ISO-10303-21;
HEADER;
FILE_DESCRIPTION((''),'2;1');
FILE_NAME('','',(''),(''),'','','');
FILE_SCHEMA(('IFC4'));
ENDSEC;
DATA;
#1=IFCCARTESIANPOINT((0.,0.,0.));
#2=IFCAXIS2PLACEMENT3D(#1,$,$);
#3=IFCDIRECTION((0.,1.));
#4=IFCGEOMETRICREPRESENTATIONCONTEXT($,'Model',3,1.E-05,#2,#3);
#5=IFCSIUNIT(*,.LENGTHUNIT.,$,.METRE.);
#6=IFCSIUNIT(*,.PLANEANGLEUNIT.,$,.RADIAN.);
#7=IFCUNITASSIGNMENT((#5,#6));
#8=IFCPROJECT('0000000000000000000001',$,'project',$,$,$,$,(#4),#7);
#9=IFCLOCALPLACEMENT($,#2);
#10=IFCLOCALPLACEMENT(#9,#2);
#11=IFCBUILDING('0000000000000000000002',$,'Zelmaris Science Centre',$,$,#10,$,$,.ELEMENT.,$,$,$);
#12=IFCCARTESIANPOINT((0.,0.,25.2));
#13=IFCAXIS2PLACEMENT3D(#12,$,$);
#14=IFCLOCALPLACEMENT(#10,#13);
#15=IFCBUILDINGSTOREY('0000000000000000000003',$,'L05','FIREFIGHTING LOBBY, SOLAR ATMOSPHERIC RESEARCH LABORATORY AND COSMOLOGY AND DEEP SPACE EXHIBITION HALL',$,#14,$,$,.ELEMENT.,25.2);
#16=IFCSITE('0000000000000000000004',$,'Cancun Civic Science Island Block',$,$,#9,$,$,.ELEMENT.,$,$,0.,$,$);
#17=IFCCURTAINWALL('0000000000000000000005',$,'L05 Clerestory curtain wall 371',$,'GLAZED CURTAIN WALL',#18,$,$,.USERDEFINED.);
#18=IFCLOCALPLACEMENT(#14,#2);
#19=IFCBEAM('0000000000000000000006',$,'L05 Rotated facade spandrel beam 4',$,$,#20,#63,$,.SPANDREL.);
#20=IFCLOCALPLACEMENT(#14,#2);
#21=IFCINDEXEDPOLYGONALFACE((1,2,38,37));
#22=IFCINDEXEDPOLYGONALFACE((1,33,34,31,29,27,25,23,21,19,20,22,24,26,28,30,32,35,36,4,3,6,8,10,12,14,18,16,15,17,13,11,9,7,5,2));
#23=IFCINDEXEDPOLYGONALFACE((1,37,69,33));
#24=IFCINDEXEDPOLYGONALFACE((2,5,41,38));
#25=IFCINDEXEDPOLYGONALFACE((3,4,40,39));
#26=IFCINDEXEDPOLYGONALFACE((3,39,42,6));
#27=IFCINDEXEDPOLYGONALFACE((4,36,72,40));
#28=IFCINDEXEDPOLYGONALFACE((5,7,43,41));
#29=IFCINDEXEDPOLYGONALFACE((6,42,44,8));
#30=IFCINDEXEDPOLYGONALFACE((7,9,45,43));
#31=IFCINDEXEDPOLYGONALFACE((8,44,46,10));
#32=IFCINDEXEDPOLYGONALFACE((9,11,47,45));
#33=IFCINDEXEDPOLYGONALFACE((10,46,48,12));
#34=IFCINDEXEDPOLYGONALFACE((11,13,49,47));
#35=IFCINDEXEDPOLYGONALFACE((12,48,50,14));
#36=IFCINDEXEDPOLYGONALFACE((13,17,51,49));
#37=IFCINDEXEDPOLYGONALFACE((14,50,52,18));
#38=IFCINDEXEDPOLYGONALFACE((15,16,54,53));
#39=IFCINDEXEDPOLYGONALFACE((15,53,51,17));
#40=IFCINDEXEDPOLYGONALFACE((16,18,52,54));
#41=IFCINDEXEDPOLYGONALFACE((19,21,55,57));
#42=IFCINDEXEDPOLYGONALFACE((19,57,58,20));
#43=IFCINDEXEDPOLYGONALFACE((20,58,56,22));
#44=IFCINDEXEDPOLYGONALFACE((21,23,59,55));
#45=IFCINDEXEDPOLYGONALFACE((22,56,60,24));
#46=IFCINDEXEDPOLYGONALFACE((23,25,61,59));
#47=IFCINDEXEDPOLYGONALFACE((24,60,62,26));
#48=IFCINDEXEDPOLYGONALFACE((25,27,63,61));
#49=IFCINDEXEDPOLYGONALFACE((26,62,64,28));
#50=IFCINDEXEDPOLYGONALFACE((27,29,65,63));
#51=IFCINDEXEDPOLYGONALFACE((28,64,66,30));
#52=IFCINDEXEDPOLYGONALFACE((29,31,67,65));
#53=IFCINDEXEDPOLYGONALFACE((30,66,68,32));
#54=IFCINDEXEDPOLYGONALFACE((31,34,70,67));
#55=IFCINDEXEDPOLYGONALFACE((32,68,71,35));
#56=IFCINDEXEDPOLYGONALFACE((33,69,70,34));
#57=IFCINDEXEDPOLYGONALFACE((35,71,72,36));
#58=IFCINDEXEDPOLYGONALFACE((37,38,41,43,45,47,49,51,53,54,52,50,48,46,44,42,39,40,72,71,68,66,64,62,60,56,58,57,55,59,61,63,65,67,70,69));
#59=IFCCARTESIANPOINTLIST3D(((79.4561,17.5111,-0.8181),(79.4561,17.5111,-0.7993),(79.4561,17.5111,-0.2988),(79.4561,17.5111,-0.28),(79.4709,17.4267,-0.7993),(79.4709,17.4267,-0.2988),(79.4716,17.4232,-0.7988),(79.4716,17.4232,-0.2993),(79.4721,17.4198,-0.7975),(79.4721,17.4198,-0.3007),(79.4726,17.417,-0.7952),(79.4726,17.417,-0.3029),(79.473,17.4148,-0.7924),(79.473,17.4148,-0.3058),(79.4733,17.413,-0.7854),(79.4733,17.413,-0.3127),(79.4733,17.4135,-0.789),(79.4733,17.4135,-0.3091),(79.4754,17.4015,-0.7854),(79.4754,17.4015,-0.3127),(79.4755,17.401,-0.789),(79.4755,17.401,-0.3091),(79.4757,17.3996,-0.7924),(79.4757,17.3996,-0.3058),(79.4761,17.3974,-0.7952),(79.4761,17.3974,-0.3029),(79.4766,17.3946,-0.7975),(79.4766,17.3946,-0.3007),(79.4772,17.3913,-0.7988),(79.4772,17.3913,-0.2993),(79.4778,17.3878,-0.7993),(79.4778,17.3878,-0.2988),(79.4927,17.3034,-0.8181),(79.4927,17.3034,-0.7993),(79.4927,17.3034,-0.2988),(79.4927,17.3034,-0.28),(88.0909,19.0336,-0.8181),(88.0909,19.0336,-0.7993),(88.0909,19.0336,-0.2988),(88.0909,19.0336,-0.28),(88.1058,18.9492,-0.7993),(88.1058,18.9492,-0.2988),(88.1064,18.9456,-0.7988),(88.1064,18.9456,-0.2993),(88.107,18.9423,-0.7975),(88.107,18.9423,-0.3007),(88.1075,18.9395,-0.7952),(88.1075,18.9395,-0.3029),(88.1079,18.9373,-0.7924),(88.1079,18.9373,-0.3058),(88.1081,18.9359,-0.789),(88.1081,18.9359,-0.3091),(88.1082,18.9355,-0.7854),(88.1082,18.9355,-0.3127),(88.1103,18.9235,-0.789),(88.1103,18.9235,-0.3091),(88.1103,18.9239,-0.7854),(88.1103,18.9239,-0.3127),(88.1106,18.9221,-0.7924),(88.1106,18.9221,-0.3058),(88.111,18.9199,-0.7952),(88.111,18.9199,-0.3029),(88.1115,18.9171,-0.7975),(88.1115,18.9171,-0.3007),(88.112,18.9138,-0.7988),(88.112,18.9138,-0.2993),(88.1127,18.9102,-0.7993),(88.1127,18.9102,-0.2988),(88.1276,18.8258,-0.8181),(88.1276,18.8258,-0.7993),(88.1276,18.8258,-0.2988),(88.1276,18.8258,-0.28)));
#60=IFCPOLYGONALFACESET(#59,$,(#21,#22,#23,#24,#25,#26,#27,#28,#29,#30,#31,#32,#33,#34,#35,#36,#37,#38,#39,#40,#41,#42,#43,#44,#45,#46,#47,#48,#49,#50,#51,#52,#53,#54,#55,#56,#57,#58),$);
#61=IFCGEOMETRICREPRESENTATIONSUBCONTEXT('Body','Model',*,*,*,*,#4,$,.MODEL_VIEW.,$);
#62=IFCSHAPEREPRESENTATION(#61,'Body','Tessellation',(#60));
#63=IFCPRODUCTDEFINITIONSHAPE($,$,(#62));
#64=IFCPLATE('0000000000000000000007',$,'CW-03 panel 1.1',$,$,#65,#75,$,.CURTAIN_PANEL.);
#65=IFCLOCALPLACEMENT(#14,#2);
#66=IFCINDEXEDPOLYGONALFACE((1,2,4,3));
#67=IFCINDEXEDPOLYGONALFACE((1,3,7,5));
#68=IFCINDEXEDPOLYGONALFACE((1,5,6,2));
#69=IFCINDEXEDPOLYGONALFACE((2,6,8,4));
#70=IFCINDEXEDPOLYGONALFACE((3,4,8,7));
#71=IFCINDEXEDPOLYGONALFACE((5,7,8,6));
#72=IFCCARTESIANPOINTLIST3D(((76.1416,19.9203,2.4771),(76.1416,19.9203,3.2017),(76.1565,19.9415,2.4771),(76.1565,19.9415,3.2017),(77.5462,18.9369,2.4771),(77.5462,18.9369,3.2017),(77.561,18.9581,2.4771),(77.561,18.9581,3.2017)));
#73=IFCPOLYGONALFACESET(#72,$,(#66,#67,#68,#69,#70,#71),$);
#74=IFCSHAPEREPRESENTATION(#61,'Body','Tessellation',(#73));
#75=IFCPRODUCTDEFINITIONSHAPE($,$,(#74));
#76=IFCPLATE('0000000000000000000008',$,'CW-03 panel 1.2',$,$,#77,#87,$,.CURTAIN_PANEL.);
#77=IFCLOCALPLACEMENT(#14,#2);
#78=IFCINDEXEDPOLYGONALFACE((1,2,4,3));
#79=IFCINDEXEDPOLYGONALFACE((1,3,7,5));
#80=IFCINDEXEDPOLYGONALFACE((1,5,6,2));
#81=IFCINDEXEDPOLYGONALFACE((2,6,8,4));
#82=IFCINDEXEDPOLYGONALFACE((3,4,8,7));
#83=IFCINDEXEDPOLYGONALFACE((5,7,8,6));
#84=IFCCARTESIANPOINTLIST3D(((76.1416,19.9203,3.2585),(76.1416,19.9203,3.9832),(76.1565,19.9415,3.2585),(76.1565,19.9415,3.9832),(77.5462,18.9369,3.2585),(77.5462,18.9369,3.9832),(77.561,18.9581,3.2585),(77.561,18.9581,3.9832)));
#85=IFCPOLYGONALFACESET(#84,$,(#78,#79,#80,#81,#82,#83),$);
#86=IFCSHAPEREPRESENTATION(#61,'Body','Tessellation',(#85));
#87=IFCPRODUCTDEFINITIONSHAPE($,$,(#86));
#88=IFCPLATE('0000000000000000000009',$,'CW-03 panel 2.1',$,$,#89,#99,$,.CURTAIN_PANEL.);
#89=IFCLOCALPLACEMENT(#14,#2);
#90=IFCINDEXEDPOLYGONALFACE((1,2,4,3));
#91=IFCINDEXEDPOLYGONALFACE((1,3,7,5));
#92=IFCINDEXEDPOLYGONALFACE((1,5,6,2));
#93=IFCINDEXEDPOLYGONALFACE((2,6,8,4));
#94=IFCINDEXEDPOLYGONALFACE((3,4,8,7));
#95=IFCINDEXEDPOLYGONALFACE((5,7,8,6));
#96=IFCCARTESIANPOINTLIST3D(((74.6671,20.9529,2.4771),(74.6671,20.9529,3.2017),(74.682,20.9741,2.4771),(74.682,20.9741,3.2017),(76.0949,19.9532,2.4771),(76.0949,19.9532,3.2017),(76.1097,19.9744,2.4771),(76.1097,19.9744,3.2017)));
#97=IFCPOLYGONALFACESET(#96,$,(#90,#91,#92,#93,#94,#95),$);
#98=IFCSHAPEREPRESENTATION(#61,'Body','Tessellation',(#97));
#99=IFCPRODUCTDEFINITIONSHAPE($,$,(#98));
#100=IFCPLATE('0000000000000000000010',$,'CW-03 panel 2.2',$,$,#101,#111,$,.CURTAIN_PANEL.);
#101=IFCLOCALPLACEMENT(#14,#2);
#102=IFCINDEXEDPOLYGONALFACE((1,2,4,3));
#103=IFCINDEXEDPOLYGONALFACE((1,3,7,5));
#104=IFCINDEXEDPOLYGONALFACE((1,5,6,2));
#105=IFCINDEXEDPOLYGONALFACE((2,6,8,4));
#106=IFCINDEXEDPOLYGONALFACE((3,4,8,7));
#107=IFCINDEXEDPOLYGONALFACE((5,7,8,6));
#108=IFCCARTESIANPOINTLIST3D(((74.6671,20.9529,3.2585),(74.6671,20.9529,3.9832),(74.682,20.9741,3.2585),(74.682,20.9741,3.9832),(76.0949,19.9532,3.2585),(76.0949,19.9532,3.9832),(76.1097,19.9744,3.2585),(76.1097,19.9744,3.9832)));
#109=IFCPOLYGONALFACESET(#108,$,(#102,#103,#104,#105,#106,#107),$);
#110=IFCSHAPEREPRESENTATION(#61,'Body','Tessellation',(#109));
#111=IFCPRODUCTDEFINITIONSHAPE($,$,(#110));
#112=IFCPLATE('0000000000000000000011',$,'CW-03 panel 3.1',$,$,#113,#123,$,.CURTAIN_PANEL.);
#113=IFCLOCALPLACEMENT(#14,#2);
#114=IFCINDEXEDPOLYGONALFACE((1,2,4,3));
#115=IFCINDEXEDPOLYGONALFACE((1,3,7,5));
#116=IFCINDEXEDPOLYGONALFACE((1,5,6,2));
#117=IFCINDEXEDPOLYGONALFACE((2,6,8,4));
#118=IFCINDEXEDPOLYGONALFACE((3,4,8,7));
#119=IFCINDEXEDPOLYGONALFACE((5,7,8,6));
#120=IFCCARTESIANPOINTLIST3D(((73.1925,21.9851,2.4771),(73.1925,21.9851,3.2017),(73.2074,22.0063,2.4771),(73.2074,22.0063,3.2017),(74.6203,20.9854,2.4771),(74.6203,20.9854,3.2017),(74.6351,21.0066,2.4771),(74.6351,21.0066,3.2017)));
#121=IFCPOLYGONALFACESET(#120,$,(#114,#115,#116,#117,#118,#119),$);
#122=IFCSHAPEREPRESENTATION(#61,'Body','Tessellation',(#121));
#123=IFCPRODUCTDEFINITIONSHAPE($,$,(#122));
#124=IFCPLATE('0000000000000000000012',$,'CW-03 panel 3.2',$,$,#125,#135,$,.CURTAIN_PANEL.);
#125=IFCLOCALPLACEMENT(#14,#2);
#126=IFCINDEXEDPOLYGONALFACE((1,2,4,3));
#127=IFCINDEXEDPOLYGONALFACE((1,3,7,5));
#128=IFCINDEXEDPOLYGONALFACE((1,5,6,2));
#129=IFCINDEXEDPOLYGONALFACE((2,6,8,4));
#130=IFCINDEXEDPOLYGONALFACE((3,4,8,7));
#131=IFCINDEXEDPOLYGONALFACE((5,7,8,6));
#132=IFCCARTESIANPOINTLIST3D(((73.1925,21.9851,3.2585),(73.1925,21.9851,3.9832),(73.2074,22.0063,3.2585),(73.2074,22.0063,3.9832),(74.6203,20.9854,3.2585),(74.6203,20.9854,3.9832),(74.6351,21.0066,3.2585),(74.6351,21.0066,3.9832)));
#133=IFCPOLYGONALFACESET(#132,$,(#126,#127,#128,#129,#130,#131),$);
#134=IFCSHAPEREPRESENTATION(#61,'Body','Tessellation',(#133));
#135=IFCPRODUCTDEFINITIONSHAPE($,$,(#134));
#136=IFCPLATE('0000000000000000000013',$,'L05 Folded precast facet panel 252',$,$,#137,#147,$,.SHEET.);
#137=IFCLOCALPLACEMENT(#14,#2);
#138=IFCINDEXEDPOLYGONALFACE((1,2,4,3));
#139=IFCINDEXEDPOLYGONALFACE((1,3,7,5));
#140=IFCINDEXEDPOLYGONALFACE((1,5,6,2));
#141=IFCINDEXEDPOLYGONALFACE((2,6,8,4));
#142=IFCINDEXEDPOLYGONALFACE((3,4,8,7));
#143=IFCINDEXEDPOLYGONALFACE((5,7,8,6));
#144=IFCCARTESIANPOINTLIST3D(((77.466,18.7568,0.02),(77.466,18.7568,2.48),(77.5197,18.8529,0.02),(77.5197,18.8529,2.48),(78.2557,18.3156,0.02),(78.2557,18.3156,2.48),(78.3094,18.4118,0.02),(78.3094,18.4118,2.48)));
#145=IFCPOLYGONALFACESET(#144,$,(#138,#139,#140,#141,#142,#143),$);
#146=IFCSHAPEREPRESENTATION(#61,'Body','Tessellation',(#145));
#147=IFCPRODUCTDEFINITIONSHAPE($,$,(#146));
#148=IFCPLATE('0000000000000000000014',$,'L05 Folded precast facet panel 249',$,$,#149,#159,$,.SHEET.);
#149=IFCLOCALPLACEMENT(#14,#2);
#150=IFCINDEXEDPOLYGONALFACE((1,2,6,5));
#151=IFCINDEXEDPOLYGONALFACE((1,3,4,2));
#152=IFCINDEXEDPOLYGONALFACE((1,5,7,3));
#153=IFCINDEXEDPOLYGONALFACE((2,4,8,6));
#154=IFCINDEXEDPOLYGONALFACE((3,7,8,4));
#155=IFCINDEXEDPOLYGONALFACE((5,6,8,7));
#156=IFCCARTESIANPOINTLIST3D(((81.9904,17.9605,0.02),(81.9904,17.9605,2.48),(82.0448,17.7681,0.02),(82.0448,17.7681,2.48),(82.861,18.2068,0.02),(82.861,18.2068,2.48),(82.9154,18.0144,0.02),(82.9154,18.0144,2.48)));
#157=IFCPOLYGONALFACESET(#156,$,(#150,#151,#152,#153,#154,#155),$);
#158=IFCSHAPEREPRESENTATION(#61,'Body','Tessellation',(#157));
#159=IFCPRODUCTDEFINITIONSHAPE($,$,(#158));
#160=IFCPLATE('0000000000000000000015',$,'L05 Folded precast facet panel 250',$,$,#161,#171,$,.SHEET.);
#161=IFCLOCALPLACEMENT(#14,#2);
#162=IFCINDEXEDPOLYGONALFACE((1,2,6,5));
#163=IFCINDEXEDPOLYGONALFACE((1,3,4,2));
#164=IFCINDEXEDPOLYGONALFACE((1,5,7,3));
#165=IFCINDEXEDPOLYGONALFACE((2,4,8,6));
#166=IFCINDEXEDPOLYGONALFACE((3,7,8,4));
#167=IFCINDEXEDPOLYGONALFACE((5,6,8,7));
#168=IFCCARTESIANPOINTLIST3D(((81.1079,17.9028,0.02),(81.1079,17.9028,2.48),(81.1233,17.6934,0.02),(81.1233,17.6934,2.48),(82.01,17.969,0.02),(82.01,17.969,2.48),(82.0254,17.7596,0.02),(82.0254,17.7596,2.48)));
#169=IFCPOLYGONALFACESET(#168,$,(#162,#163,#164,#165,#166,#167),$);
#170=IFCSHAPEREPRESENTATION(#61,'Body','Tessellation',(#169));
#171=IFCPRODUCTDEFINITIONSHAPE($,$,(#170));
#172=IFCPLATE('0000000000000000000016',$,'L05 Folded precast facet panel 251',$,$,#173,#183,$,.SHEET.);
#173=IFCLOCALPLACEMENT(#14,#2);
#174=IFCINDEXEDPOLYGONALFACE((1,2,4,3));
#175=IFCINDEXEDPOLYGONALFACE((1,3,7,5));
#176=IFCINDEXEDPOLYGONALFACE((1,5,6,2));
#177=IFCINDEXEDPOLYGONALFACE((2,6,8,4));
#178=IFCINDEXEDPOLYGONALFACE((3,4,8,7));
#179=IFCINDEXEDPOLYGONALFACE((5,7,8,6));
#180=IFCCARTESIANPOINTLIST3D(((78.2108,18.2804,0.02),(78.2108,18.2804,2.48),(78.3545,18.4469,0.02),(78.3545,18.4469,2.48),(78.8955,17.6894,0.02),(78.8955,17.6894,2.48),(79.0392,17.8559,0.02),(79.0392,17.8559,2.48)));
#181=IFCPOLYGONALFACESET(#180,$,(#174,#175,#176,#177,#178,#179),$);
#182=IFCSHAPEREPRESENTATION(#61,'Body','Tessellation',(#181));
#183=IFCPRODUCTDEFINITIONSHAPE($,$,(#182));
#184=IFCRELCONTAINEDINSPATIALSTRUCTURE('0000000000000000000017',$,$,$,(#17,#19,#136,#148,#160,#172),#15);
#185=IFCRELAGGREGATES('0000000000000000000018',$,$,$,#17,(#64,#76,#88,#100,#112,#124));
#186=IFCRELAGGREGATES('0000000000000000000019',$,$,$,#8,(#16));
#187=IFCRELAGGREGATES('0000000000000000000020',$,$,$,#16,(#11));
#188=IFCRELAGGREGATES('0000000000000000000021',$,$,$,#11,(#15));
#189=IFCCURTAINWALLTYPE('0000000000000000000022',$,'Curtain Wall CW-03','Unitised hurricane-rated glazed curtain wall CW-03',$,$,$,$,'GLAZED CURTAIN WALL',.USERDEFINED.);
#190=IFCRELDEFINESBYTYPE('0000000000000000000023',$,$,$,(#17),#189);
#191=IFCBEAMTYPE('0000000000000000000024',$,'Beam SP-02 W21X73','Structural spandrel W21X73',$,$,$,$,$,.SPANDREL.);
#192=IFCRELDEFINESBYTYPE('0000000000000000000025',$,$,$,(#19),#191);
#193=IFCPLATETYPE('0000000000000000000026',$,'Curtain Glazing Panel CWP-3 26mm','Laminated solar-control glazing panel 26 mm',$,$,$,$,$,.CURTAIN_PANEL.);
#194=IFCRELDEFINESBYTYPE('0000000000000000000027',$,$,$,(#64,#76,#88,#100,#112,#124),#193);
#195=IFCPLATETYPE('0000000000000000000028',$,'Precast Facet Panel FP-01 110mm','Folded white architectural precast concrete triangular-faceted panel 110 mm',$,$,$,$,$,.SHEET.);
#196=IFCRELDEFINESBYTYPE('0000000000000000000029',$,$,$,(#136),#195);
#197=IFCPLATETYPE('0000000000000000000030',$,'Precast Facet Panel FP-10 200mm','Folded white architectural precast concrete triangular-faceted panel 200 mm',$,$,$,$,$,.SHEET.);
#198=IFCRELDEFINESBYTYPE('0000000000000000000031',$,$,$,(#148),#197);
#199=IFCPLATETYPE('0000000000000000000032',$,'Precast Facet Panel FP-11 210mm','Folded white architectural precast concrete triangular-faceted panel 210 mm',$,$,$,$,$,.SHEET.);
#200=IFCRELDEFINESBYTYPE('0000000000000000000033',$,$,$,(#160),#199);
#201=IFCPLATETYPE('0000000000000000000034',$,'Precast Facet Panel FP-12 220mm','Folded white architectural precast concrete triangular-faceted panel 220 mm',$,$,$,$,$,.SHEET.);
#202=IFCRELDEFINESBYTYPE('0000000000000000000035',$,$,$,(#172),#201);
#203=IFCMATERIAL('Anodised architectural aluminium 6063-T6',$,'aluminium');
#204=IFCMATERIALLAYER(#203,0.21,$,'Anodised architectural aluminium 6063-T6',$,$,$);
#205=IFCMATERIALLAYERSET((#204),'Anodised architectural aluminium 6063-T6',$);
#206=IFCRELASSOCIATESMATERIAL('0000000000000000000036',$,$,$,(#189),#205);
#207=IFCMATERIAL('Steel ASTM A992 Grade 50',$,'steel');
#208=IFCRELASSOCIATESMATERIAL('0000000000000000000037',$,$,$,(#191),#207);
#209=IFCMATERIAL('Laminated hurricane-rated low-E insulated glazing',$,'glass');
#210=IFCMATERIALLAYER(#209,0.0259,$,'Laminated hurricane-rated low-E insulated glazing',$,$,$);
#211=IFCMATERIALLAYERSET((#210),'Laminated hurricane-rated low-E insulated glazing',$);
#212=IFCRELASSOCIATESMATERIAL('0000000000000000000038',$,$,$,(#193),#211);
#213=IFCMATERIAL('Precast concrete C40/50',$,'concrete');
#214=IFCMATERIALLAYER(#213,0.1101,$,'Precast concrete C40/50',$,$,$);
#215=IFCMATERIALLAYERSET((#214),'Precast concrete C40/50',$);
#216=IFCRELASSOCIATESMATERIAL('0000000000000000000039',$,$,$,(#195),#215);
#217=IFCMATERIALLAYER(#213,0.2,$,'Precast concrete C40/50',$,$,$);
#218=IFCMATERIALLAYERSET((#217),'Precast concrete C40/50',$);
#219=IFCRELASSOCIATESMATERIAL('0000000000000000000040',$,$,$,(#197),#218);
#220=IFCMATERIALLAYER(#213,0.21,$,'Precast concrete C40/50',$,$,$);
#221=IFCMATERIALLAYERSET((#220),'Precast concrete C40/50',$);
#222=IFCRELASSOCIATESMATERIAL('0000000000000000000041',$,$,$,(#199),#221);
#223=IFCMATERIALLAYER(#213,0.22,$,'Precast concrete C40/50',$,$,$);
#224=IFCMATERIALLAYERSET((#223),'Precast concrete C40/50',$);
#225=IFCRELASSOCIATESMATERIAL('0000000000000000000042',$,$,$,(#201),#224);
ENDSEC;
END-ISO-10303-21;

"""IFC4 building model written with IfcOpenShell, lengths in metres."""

from ifc_helpers import new_model, si_unit, direction, frame, frame_2d, origin, origin_2d, place, context, subcontext, project, spatial, rectangle, i_section, extrude, material, layer, layer_set, material_profile, profile_set, type_object, element, aggregate, save


model = new_model("IFC4")

# Units and contexts
model_context = context("Model", 3, precision=1e-05, world=origin(), true_north=direction((0.0, 1.0)))
body_context = subcontext(model_context, "Body", "Model", "MODEL_VIEW")
ifc_project = project(units=[si_unit("LENGTHUNIT", "METRE"), si_unit("PLANEANGLEUNIT", "RADIAN")], contexts=[model_context])

# Site, building, storey
site_placement = place(None, origin())
site = spatial("IfcSite", under=ifc_project, at=site_placement, Name="Cancun Civic Science Island Block", CompositionType="ELEMENT", RefElevation=0.0)
building_placement = place(site_placement, origin())
building = spatial("IfcBuilding", under=site, at=building_placement, Name="Zelmaris Science Centre", CompositionType="ELEMENT")
storey_placement = place(building_placement, frame((0.0, 0.0, 25.2)))
storey = spatial("IfcBuildingStorey", under=building, at=storey_placement, Name="L05", Description="FIREFIGHTING LOBBY, SOLAR ATMOSPHERIC RESEARCH LABORATORY AND COSMOLOGY AND DEEP SPACE EXHIBITION HALL", CompositionType="ELEMENT", Elevation=25.2)

# Shared definitions
ifc_material_1 = material(Name="Steel ASTM A992 Grade 50", Category="steel")

# Curtain wall
ifc_material_2 = material(Name="Anodised architectural aluminium 6063-T6", Category="aluminium")
ifc_layer_1 = layer(ifc_material_2, 0.21, Name="Anodised architectural aluminium 6063-T6")
ifc_layer_set_1 = layer_set([ifc_layer_1], Name="Anodised architectural aluminium 6063-T6")
curtain_wall_type = type_object("IfcCurtainWallType", Name="Curtain Wall CW-03", Description="Unitised hurricane-rated glazed curtain wall CW-03", ElementType="GLAZED CURTAIN WALL", PredefinedType="USERDEFINED", material=ifc_layer_set_1)
curtain_wall_placement = place(storey_placement, origin())
curtain_wall = element("IfcCurtainWall", 1, at=curtain_wall_placement, inside=storey, type_object=curtain_wall_type, Name="L05 Clerestory curtain wall 371", ObjectType="GLAZED CURTAIN WALL", PredefinedType="USERDEFINED")

# Beam
ifc_material_profile_1 = material_profile(ifc_material_1, i_section(OverallWidth=0.2109, OverallDepth=0.5381, WebThickness=0.0117, FlangeThickness=0.0188, FilletRadius=0.0139, at=origin_2d()), Name="W21X73")
ifc_profile_set_1 = profile_set([ifc_material_profile_1], Name="Steel ASTM A992 Grade 50")
beam_type_1 = type_object("IfcBeamType", Name="Beam SP-02 W21X73", Description="Structural spandrel W21X73", PredefinedType="SPANDREL", material=ifc_profile_set_1)
beam_1_placement = place(storey_placement, frame((79.4744, 17.4072, -0.5491), z_axis=(0.984809, 0.173639, 0.0), x_axis=(-0.173639, 0.984809, 0.0)))
element("IfcBeam", 2, at=beam_1_placement, inside=storey, type_object=beam_type_1, Name="L05 Rotated facade spandrel beam 4", PredefinedType="SPANDREL", context=body_context, shape_type="SweptSolid", body=[
    extrude(i_section(OverallWidth=0.2109, OverallDepth=0.5381, WebThickness=0.0117, FlangeThickness=0.0188, FilletRadius=0.0139, at=origin_2d()), origin(), (0.0, 0.0, 1.0), 8.7681),
])

# Plates
ifc_material_3 = material(Name="Laminated hurricane-rated low-E insulated glazing", Category="glass")
ifc_layer_2 = layer(ifc_material_3, 0.0259, Name="Laminated hurricane-rated low-E insulated glazing")
ifc_layer_set_2 = layer_set([ifc_layer_2], Name="Laminated hurricane-rated low-E insulated glazing")
plate_type_1 = type_object("IfcPlateType", Name="Curtain Glazing Panel CWP-3 26mm", Description="Laminated solar-control glazing panel 26 mm", PredefinedType="CURTAIN_PANEL", material=ifc_layer_set_2)
plate_1_placement = place(storey_placement, frame((76.8513, 19.4392, 2.4771), z_axis=(0.0, 0.0, 1.0), x_axis=(-0.819154, 0.573574, 0.0)))
plate_1 = element("IfcPlate", 3, at=plate_1_placement, type_object=plate_type_1, Name="CW-03 panel 1.1", PredefinedType="CURTAIN_PANEL", context=body_context, shape_type="SweptSolid", body=[
    extrude(rectangle(XDim=1.7146, YDim=0.0259, at=origin_2d()), origin(), (0.0, 0.0, 1.0), 0.7246),
])
plate_2_placement = place(storey_placement, frame((76.8513, 19.4392, 3.2585), z_axis=(0.0, 0.0, 1.0), x_axis=(-0.819154, 0.573574, 0.0)))
plate_2 = element("IfcPlate", 4, at=plate_2_placement, type_object=plate_type_1, Name="CW-03 panel 1.2", PredefinedType="CURTAIN_PANEL", context=body_context, shape_type="SweptSolid", body=[
    extrude(rectangle(XDim=1.7146, YDim=0.0259, at=origin_2d()), origin(), (0.0, 0.0, 1.0), 0.7246),
])
plate_3_placement = place(storey_placement, frame((75.3884, 20.4636, 2.4771), z_axis=(0.0, 0.0, 1.0), x_axis=(-0.819154, 0.573574, 0.0)))
plate_3 = element("IfcPlate", 5, at=plate_3_placement, type_object=plate_type_1, Name="CW-03 panel 2.1", PredefinedType="CURTAIN_PANEL", context=body_context, shape_type="SweptSolid", body=[
    extrude(rectangle(XDim=1.7429, YDim=0.0259, at=origin_2d()), origin(), (0.0, 0.0, 1.0), 0.7246),
])
plate_4_placement = place(storey_placement, frame((75.3884, 20.4636, 3.2585), z_axis=(0.0, 0.0, 1.0), x_axis=(-0.819154, 0.573574, 0.0)))
plate_4 = element("IfcPlate", 6, at=plate_4_placement, type_object=plate_type_1, Name="CW-03 panel 2.2", PredefinedType="CURTAIN_PANEL", context=body_context, shape_type="SweptSolid", body=[
    extrude(rectangle(XDim=1.7429, YDim=0.0259, at=origin_2d()), origin(), (0.0, 0.0, 1.0), 0.7246),
])
plate_5_placement = place(storey_placement, frame((73.9138, 21.4958, 2.4771), z_axis=(0.0, 0.0, 1.0), x_axis=(-0.819154, 0.573574, 0.0)))
plate_5 = element("IfcPlate", 7, at=plate_5_placement, type_object=plate_type_1, Name="CW-03 panel 3.1", PredefinedType="CURTAIN_PANEL", context=body_context, shape_type="SweptSolid", body=[
    extrude(rectangle(XDim=1.7429, YDim=0.0259, at=origin_2d()), origin(), (0.0, 0.0, 1.0), 0.7246),
])
plate_6_placement = place(storey_placement, frame((73.9138, 21.4958, 3.2585), z_axis=(0.0, 0.0, 1.0), x_axis=(-0.819154, 0.573574, 0.0)))
plate_6 = element("IfcPlate", 8, at=plate_6_placement, type_object=plate_type_1, Name="CW-03 panel 3.2", PredefinedType="CURTAIN_PANEL", context=body_context, shape_type="SweptSolid", body=[
    extrude(rectangle(XDim=1.7429, YDim=0.0259, at=origin_2d()), origin(), (0.0, 0.0, 1.0), 0.7246),
])
aggregate(curtain_wall, [plate_1, plate_2, plate_3, plate_4, plate_5, plate_6])

# Plates
ifc_material_4 = material(Name="Precast concrete C40/50", Category="concrete")
ifc_layer_3 = layer(ifc_material_4, 0.1101, Name="Precast concrete C40/50")
ifc_layer_set_3 = layer_set([ifc_layer_3], Name="Precast concrete C40/50")
plate_type_2 = type_object("IfcPlateType", Name="Precast Facet Panel FP-01 110mm", Description="Folded white architectural precast concrete triangular-faceted panel 110 mm", PredefinedType="SHEET", material=ifc_layer_set_3)
plate_7_placement = place(storey_placement, frame((78.2825, 18.3638, 0.02), z_axis=(0.0, 0.0, 1.0), x_axis=(-0.873035, 0.487658, 0.0)))
element("IfcPlate", 9, at=plate_7_placement, inside=storey, type_object=plate_type_2, Name="L05 Folded precast facet panel 252", PredefinedType="SHEET", context=body_context, shape_type="SweptSolid", body=[
    extrude(rectangle(XDim=0.9045, YDim=0.1101, at=frame_2d((0.4521, 0.0))), origin(), (0.0, 0.0, 1.0), 2.46),
])
ifc_layer_4 = layer(ifc_material_4, 0.2, Name="Precast concrete C40/50")
ifc_layer_set_4 = layer_set([ifc_layer_4], Name="Precast concrete C40/50")
plate_type_3 = type_object("IfcPlateType", Name="Precast Facet Panel FP-10 200mm", Description="Folded white architectural precast concrete triangular-faceted panel 200 mm", PredefinedType="SHEET", material=ifc_layer_set_4)
plate_8_placement = place(storey_placement, frame((82.8882, 18.1106, 0.02), z_axis=(0.0, 0.0, 1.0), x_axis=(-0.962223, -0.272261, 0.0)))
element("IfcPlate", 10, at=plate_8_placement, inside=storey, type_object=plate_type_3, Name="L05 Folded precast facet panel 249", PredefinedType="SHEET", context=body_context, shape_type="SweptSolid", body=[
    extrude(rectangle(XDim=0.9048, YDim=0.2, at=frame_2d((0.4524, 0.0))), origin(), (0.0, 0.0, 1.0), 2.46),
])
ifc_layer_5 = layer(ifc_material_4, 0.21, Name="Precast concrete C40/50")
ifc_layer_set_5 = layer_set([ifc_layer_5], Name="Precast concrete C40/50")
plate_type_4 = type_object("IfcPlateType", Name="Precast Facet Panel FP-11 210mm", Description="Folded white architectural precast concrete triangular-faceted panel 210 mm", PredefinedType="SHEET", material=ifc_layer_set_5)
plate_9_placement = place(storey_placement, frame((82.0176, 17.8643, 0.02), z_axis=(0.0, 0.0, 1.0), x_axis=(-0.997321, -0.073146, 0.0)))
element("IfcPlate", 11, at=plate_9_placement, inside=storey, type_object=plate_type_4, Name="L05 Folded precast facet panel 250", PredefinedType="SHEET", context=body_context, shape_type="SweptSolid", body=[
    extrude(rectangle(XDim=0.9045, YDim=0.21, at=frame_2d((0.4521, 0.0))), origin(), (0.0, 0.0, 1.0), 2.46),
])
ifc_layer_6 = layer(ifc_material_4, 0.22, Name="Precast concrete C40/50")
ifc_layer_set_6 = layer_set([ifc_layer_6], Name="Precast concrete C40/50")
plate_type_5 = type_object("IfcPlateType", Name="Precast Facet Panel FP-12 220mm", Description="Folded white architectural precast concrete triangular-faceted panel 220 mm", PredefinedType="SHEET", material=ifc_layer_set_6)
plate_10_placement = place(storey_placement, frame((78.9673, 17.7727, 0.02), z_axis=(0.0, 0.0, 1.0), x_axis=(-0.757023, 0.653388, 0.0)))
element("IfcPlate", 12, at=plate_10_placement, inside=storey, type_object=plate_type_5, Name="L05 Folded precast facet panel 251", PredefinedType="SHEET", context=body_context, shape_type="SweptSolid", body=[
    extrude(rectangle(XDim=0.9045, YDim=0.22, at=frame_2d((0.4521, 0.0))), origin(), (0.0, 0.0, 1.0), 2.46),
])

save(model, "model.ifc")
